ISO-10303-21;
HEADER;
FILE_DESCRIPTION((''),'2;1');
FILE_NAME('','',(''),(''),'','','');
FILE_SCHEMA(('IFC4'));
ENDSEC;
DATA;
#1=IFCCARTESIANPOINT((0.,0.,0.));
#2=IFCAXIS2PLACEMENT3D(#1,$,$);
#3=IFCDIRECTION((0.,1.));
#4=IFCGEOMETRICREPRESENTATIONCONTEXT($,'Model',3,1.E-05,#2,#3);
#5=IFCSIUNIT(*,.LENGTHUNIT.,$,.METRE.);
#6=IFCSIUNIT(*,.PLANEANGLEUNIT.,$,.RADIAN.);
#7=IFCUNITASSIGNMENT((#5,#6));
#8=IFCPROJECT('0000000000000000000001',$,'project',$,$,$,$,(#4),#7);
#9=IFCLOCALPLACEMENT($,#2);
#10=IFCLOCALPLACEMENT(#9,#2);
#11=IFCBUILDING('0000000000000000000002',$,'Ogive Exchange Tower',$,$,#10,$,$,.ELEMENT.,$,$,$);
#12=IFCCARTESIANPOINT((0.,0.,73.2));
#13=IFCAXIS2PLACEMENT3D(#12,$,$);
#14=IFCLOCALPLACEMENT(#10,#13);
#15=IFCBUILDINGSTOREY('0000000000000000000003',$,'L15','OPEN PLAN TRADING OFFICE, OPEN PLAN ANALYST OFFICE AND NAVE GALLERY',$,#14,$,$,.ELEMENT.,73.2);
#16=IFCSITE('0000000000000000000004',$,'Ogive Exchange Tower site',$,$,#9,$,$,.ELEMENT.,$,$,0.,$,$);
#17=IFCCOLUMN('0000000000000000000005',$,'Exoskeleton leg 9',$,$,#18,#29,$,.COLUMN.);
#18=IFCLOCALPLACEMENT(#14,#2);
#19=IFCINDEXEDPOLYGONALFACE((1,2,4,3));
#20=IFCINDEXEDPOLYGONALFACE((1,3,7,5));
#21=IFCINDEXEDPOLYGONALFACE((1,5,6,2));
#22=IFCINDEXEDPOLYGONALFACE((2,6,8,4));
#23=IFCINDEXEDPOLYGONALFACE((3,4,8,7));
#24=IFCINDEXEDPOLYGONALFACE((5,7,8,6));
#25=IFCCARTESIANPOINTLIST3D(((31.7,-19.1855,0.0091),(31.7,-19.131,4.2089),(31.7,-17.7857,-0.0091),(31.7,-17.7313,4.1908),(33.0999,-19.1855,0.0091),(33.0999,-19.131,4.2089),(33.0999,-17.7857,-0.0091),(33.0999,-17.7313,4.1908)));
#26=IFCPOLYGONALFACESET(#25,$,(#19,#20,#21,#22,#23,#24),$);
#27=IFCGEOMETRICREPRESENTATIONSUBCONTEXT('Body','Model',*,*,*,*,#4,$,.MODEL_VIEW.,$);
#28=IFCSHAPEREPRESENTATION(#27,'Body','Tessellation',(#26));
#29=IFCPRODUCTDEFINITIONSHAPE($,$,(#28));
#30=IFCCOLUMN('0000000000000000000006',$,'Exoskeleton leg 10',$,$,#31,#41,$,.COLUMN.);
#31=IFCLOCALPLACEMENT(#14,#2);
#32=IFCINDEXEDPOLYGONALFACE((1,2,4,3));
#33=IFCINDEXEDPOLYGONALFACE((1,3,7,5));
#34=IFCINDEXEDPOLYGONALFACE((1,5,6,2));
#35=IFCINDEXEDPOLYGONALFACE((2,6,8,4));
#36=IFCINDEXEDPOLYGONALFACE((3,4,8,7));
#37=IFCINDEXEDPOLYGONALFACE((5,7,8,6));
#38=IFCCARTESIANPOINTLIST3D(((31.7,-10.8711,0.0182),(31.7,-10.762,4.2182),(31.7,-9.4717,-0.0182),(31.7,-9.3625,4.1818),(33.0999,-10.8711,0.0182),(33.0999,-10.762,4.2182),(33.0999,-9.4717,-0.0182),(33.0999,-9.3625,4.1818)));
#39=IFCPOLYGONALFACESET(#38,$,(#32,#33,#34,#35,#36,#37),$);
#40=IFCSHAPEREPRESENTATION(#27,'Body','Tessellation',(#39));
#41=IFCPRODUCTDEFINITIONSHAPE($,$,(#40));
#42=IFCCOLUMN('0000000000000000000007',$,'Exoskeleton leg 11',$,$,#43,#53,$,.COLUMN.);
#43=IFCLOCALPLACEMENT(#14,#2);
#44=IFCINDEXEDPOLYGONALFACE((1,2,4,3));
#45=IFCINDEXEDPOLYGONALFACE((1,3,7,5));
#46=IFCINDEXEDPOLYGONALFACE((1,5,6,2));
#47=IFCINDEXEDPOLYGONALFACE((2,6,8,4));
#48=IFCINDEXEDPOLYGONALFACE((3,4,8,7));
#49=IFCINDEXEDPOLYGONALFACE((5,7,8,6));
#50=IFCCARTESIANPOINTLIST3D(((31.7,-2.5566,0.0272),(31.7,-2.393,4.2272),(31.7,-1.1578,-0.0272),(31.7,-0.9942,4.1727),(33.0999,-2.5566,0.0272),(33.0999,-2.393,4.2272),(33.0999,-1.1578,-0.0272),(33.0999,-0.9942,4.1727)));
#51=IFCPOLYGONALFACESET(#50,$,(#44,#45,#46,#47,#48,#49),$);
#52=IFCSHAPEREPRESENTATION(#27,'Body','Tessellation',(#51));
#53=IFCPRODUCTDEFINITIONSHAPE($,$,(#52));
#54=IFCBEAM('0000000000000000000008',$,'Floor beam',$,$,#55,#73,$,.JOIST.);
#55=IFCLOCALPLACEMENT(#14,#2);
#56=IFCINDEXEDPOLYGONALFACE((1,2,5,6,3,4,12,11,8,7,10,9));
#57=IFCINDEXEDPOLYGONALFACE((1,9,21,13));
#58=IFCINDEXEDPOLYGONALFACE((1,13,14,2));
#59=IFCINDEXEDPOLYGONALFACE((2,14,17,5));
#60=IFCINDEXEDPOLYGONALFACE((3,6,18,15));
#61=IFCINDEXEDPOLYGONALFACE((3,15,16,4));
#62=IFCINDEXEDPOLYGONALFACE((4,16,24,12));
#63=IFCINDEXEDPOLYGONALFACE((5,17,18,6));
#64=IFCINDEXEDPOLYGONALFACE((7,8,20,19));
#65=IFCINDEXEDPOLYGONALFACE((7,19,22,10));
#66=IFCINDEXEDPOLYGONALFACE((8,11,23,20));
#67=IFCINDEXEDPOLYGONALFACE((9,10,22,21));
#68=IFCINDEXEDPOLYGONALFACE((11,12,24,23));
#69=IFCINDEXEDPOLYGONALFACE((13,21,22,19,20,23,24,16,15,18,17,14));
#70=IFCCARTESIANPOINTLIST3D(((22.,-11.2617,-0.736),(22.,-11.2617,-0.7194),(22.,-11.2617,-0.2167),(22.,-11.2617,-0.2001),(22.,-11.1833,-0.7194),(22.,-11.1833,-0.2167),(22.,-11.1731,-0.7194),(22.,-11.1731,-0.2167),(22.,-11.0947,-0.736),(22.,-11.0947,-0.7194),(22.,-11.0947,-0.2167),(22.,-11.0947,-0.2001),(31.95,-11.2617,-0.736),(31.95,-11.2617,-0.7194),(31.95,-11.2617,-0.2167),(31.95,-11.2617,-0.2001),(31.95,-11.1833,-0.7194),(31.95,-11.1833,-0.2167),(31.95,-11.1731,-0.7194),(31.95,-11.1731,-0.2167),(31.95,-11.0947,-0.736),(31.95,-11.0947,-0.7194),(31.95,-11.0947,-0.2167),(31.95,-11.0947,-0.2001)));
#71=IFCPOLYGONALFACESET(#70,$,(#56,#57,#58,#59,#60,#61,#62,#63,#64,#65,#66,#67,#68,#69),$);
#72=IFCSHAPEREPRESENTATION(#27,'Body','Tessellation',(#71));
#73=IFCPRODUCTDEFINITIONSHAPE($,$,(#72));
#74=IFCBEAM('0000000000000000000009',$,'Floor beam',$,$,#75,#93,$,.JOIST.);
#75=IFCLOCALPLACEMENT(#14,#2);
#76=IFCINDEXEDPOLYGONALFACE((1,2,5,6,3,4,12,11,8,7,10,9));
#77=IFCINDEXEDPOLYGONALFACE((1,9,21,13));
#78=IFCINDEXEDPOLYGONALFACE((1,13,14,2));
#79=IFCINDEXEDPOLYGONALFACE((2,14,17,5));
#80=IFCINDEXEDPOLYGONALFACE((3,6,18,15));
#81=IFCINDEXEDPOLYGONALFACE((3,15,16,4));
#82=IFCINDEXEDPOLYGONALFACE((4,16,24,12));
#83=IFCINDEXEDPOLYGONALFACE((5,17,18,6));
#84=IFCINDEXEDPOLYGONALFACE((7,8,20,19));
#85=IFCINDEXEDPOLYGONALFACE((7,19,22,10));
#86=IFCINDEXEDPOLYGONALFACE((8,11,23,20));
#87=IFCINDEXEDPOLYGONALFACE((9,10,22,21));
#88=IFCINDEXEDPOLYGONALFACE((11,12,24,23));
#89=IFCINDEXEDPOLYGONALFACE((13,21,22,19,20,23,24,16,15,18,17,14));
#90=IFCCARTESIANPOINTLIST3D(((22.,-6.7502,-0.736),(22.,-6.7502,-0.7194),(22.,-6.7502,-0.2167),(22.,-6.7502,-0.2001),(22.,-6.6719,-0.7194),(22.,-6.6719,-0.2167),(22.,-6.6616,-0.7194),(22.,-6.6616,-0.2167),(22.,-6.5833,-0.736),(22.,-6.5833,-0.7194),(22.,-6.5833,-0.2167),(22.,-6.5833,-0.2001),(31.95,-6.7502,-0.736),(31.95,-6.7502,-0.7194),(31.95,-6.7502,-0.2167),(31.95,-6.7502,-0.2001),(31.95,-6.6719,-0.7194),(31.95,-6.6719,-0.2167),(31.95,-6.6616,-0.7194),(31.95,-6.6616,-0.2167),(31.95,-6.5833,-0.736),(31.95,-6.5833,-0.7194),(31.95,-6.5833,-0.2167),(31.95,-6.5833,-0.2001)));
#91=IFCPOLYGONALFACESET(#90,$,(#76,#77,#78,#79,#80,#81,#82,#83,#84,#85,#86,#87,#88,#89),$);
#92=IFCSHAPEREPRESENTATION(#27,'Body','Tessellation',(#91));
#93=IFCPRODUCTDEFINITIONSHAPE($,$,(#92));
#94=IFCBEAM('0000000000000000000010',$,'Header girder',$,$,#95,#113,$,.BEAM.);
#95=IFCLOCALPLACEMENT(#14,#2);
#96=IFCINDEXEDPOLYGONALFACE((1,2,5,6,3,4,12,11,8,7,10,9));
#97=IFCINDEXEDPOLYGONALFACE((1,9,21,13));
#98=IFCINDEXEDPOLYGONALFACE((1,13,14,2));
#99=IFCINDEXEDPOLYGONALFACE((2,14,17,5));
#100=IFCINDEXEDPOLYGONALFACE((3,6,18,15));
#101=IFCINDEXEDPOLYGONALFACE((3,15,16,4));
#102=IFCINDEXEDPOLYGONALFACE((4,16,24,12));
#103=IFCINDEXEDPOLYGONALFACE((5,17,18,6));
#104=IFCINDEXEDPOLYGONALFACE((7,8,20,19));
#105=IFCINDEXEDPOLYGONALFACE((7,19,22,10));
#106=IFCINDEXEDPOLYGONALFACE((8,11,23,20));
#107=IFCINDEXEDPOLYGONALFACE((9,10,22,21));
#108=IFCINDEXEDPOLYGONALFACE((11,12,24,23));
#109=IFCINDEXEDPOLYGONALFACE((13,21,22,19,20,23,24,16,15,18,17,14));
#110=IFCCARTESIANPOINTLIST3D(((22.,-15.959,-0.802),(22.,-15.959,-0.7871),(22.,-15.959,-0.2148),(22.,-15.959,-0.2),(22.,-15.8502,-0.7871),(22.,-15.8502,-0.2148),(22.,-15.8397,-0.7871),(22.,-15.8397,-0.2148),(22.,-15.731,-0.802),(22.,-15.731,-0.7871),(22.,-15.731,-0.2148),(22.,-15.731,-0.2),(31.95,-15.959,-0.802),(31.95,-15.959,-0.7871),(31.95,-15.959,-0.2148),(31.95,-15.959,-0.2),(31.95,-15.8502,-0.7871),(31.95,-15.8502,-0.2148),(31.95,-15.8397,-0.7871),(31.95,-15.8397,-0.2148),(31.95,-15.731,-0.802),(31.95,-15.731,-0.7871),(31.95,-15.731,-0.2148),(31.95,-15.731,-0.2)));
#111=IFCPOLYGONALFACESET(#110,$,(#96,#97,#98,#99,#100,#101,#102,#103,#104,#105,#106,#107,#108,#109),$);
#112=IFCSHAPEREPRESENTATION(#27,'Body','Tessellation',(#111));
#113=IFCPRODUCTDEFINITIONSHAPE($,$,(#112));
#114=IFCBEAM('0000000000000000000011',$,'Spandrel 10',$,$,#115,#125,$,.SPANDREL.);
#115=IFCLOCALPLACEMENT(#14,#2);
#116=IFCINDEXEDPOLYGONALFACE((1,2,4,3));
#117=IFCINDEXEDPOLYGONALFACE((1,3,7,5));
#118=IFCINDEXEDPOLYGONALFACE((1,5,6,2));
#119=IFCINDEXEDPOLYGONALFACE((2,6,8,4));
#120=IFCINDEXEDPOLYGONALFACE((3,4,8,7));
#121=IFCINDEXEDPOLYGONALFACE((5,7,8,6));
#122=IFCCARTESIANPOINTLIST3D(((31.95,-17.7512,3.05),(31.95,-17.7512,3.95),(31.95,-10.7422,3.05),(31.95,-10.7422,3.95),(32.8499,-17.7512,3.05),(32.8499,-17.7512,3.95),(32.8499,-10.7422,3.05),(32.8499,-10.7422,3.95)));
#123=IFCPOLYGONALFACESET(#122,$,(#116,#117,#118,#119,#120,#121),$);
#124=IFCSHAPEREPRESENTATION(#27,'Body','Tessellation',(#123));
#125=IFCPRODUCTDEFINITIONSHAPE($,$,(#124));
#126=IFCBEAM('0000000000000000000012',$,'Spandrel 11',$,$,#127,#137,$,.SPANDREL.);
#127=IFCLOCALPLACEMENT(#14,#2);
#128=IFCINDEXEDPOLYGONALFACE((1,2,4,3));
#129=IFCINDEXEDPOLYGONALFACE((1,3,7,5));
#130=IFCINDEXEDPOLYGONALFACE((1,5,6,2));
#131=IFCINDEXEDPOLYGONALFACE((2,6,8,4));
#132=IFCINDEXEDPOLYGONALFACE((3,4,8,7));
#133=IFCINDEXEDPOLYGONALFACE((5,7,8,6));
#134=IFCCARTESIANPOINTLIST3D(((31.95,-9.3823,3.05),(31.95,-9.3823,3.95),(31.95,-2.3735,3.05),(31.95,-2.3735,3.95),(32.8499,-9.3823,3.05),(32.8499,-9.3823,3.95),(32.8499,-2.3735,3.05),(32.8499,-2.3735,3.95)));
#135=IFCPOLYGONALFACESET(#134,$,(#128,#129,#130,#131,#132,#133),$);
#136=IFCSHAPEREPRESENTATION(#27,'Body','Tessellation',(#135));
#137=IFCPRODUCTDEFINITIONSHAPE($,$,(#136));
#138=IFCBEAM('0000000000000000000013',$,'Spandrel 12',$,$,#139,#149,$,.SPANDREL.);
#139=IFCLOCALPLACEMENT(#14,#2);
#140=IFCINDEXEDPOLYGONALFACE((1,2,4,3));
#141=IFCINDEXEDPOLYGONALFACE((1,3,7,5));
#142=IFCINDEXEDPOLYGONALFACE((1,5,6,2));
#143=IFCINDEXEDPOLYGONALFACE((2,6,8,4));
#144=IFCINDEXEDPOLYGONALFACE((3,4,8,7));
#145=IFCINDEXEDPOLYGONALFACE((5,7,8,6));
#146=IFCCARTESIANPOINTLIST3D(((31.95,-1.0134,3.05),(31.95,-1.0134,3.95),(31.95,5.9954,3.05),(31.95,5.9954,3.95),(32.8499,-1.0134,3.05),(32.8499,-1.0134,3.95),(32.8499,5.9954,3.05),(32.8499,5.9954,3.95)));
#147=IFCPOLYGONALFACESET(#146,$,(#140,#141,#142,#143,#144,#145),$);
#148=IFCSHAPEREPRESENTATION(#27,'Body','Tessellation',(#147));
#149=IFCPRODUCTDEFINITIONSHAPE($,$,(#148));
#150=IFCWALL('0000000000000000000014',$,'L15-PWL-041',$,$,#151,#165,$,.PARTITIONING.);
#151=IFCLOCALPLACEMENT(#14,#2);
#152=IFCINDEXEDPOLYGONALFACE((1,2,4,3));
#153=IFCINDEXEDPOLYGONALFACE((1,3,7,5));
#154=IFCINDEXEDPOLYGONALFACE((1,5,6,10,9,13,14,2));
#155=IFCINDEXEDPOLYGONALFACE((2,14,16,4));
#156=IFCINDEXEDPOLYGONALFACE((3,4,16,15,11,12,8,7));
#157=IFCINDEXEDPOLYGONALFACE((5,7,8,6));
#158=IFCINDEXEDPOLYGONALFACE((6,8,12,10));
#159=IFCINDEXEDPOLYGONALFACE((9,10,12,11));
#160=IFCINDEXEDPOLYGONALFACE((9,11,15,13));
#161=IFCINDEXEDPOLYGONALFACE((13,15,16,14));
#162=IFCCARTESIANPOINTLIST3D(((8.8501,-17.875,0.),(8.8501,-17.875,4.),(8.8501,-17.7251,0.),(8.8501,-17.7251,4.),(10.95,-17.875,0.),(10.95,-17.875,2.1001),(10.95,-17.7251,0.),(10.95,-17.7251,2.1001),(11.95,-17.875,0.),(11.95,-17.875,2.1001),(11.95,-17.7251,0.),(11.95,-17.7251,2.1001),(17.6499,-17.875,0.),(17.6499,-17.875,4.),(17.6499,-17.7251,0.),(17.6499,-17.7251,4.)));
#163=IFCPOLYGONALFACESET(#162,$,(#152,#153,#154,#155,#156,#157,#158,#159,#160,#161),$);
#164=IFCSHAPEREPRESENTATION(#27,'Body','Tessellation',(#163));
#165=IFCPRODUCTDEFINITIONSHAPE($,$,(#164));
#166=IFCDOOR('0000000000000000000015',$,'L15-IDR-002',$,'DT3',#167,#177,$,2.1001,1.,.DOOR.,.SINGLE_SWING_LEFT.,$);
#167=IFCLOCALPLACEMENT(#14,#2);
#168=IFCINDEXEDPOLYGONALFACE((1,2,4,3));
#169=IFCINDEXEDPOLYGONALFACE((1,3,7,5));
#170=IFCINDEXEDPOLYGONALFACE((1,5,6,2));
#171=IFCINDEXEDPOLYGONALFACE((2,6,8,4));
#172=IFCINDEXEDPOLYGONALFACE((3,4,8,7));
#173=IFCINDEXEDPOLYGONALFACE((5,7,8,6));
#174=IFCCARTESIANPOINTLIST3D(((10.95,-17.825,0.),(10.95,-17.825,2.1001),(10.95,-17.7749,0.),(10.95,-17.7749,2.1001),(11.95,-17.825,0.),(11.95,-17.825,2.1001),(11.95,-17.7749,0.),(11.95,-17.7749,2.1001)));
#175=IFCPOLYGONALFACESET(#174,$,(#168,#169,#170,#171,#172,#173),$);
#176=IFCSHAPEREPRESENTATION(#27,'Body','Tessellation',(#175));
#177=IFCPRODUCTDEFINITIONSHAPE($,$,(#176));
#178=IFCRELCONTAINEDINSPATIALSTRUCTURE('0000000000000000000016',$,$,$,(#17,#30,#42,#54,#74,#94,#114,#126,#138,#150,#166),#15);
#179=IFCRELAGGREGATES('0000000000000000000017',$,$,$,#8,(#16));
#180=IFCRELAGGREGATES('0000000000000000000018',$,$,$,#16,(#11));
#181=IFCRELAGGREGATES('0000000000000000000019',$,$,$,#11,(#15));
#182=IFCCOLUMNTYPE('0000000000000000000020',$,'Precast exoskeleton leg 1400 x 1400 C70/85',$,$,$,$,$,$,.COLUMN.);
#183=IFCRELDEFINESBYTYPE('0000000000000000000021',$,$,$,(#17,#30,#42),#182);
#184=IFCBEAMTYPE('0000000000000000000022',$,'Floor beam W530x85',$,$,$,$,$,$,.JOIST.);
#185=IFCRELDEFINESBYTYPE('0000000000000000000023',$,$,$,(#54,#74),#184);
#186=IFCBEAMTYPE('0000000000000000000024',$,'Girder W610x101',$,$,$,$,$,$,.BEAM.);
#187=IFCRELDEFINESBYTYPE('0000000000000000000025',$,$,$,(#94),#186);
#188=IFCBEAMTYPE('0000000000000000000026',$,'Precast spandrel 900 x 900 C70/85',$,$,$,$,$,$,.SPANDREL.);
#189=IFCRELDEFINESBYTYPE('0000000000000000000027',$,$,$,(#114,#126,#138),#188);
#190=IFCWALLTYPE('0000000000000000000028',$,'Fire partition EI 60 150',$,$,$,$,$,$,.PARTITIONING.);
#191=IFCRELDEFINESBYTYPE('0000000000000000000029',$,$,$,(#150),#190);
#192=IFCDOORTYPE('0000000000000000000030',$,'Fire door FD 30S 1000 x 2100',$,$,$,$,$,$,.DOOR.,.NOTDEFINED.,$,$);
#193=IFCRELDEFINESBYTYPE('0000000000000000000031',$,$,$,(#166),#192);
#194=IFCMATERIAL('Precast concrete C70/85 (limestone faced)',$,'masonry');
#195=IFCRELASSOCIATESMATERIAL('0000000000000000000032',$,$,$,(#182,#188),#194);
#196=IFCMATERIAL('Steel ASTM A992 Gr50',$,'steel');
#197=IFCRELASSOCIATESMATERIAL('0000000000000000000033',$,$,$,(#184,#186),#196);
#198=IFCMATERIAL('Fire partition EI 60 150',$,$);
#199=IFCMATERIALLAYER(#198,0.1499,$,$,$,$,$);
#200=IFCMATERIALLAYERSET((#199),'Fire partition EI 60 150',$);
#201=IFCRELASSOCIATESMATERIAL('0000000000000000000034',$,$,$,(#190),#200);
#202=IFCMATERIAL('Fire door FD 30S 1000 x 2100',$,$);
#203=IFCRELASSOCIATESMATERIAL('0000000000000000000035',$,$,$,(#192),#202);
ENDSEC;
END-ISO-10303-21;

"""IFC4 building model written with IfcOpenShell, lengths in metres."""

from ifc_helpers import new_model, si_unit, direction, frame, frame_2d, origin, origin_2d, place, context, subcontext, project, spatial, rectangle, i_section, extrude, material, layer, layer_set, material_profile, profile_set, type_object, element, fill, save


model = new_model("IFC4")

# Units and contexts
model_context = context("Model", 3, precision=1e-05, world=origin(), true_north=direction((0.0, 1.0)))
body_context = subcontext(model_context, "Body", "Model", "MODEL_VIEW")
ifc_project = project(units=[si_unit("LENGTHUNIT", "METRE"), si_unit("PLANEANGLEUNIT", "RADIAN")], contexts=[model_context])

# Site, building, storey
site_placement = place(None, origin())
site = spatial("IfcSite", under=ifc_project, at=site_placement, Name="Ogive Exchange Tower site", CompositionType="ELEMENT", RefElevation=0.0)
building_placement = place(site_placement, origin())
building = spatial("IfcBuilding", under=site, at=building_placement, Name="Ogive Exchange Tower", CompositionType="ELEMENT")
storey_placement = place(building_placement, frame((0.0, 0.0, 73.2)))
storey = spatial("IfcBuildingStorey", under=building, at=storey_placement, Name="L15", Description="OPEN PLAN TRADING OFFICE, OPEN PLAN ANALYST OFFICE AND NAVE GALLERY", CompositionType="ELEMENT", Elevation=73.2)

# Columns
ifc_material_1 = material(Name="Precast concrete C70/85 (limestone faced)", Category="masonry")
ifc_material_profile_1 = material_profile(ifc_material_1, rectangle(XDim=1.3999, YDim=1.3999, at=origin_2d()), Name="1400 x 1400")
ifc_profile_set_1 = profile_set([ifc_material_profile_1], Name="Precast concrete C70/85 (limestone faced)")
column_type = type_object("IfcColumnType", Name="Precast exoskeleton leg 1400 x 1400 C70/85", PredefinedType="COLUMN", material=ifc_profile_set_1)
column_1_placement = place(storey_placement, frame((32.3999, -18.4856, 0.0), z_axis=(0.0, 0.012962, 0.999916), x_axis=(-1.0, 0.0, 0.0)))
element("IfcColumn", 1, at=column_1_placement, inside=storey, type_object=column_type, Name="Exoskeleton leg 9", PredefinedType="COLUMN", context=body_context, shape_type="SweptSolid", body=[
    extrude(rectangle(XDim=1.3999, YDim=1.3999, at=origin_2d()), origin(), (0.0, 0.0, 1.0), 4.2002),
])
column_2_placement = place(storey_placement, frame((32.3999, -10.1714, 0.0), z_axis=(0.0, 0.025975, 0.999663), x_axis=(-1.0, 0.0, 0.0)))
element("IfcColumn", 2, at=column_2_placement, inside=storey, type_object=column_type, Name="Exoskeleton leg 10", PredefinedType="COLUMN", context=body_context, shape_type="SweptSolid", body=[
    extrude(rectangle(XDim=1.3999, YDim=1.3999, at=origin_2d()), origin(), (0.0, 0.0, 1.0), 4.2014),
])
column_3_placement = place(storey_placement, frame((32.3999, -1.8572, 0.0), z_axis=(0.0, 0.038917, 0.999242), x_axis=(-1.0, 0.0, 0.0)))
element("IfcColumn", 3, at=column_3_placement, inside=storey, type_object=column_type, Name="Exoskeleton leg 11", PredefinedType="COLUMN", context=body_context, shape_type="SweptSolid", body=[
    extrude(rectangle(XDim=1.3999, YDim=1.3999, at=origin_2d()), origin(), (0.0, 0.0, 1.0), 4.2031),
])

# Beams
ifc_material_2 = material(Name="Steel ASTM A992 Gr50", Category="steel")
ifc_material_profile_2 = material_profile(ifc_material_2, i_section(OverallWidth=0.167, OverallDepth=0.5359, WebThickness=0.0103, FlangeThickness=0.0166, at=origin_2d()), Name="W530x85")
ifc_profile_set_2 = profile_set([ifc_material_profile_2], Name="Steel ASTM A992 Gr50")
beam_type_1 = type_object("IfcBeamType", Name="Floor beam W530x85", PredefinedType="JOIST", material=ifc_profile_set_2)
for number, where, z_axis, x_axis, name in (
    (4, (22.0, -11.1782, -0.468), (1.0, 0.0, 0.0), (0.0, 1.0, 0.0), "Floor beam"),
    (5, (22.0, -6.6667, -0.468), (1.0, 0.0, 0.0), (0.0, 1.0, 0.0), "Floor beam"),
):
    element("IfcBeam", number, at=place(storey_placement, frame(where, z_axis=z_axis, x_axis=x_axis)), inside=storey, type_object=beam_type_1, Name=name, PredefinedType="JOIST", context=body_context, shape_type="SweptSolid", body=[
        extrude(i_section(OverallWidth=0.167, OverallDepth=0.5359, WebThickness=0.0103, FlangeThickness=0.0166, at=origin_2d()), origin(), (0.0, 0.0, 1.0), 9.95),
    ])
ifc_material_profile_3 = material_profile(ifc_material_2, i_section(OverallWidth=0.228, OverallDepth=0.6021, WebThickness=0.0105, FlangeThickness=0.0149, at=origin_2d()), Name="W610x101")
ifc_profile_set_3 = profile_set([ifc_material_profile_3], Name="Steel ASTM A992 Gr50")
beam_type_2 = type_object("IfcBeamType", Name="Girder W610x101", PredefinedType="BEAM", material=ifc_profile_set_3)
beam_1_placement = place(storey_placement, frame((22.0, -15.845, -0.501), z_axis=(1.0, 0.0, 0.0), x_axis=(0.0, 1.0, 0.0)))
element("IfcBeam", 6, at=beam_1_placement, inside=storey, type_object=beam_type_2, Name="Header girder", PredefinedType="BEAM", context=body_context, shape_type="SweptSolid", body=[
    extrude(i_section(OverallWidth=0.228, OverallDepth=0.6021, WebThickness=0.0105, FlangeThickness=0.0149, at=origin_2d()), origin(), (0.0, 0.0, 1.0), 9.95),
])
ifc_material_profile_4 = material_profile(ifc_material_1, rectangle(XDim=0.8999, YDim=0.8999, at=origin_2d()), Name="900 x 900")
ifc_profile_set_4 = profile_set([ifc_material_profile_4], Name="Precast concrete C70/85 (limestone faced)")
beam_type_3 = type_object("IfcBeamType", Name="Precast spandrel 900 x 900 C70/85", PredefinedType="SPANDREL", material=ifc_profile_set_4)
beam_2_placement = place(storey_placement, frame((32.3999, -17.7512, 3.5), z_axis=(0.0, 1.0, 0.0), x_axis=(-1.0, 0.0, 0.0)))
element("IfcBeam", 7, at=beam_2_placement, inside=storey, type_object=beam_type_3, Name="Spandrel 10", PredefinedType="SPANDREL", context=body_context, shape_type="SweptSolid", body=[
    extrude(rectangle(XDim=0.8999, YDim=0.8999, at=origin_2d()), origin(), (0.0, 0.0, 1.0), 7.009),
])
for number, where, z_axis, x_axis, name in (
    (8, (32.3999, -9.3823, 3.5), (0.0, 1.0, 0.0), (-1.0, 0.0, 0.0), "Spandrel 11"),
    (9, (32.3999, -1.0134, 3.5), (0.0, 1.0, 0.0), (-1.0, 0.0, 0.0), "Spandrel 12"),
):
    element("IfcBeam", number, at=place(storey_placement, frame(where, z_axis=z_axis, x_axis=x_axis)), inside=storey, type_object=beam_type_3, Name=name, PredefinedType="SPANDREL", context=body_context, shape_type="SweptSolid", body=[
        extrude(rectangle(XDim=0.8999, YDim=0.8999, at=origin_2d()), origin(), (0.0, 0.0, 1.0), 7.0088),
    ])

# Wall, opening, door
ifc_material_3 = material(Name="Fire partition EI 60 150")
ifc_layer_1 = layer(ifc_material_3, 0.1499)
ifc_layer_set_1 = layer_set([ifc_layer_1], Name="Fire partition EI 60 150")
wall_type_1 = type_object("IfcWallType", Name="Fire partition EI 60 150", PredefinedType="PARTITIONING", material=ifc_layer_set_1)
wall_1_placement = place(storey_placement, frame((17.6499, -17.8, 0.0), z_axis=(0.0, 0.0, 1.0), x_axis=(-1.0, 0.0, 0.0)))
wall_1 = element("IfcWall", 10, at=wall_1_placement, inside=storey, type_object=wall_type_1, Name="L15-PWL-041", PredefinedType="PARTITIONING", context=body_context, shape_type="SweptSolid", body=[
    extrude(rectangle(XDim=8.7998, YDim=0.1499, at=frame_2d((4.3999, 0.0))), origin(), (0.0, 0.0, 1.0), 4.0),
])
opening_1_placement = place(wall_1_placement, frame((5.7, 0.0, 0.0)))
opening_1 = element("IfcOpeningElement", 11, at=opening_1_placement, cuts=wall_1, PredefinedType="OPENING", context=body_context, shape_type="SweptSolid", body=[
    extrude(rectangle(XDim=1.0, YDim=2.1001, at=frame_2d((0.5, 1.05))), frame((0.0, 0.085, 0.0), z_axis=(0.0, -1.0, 0.0), x_axis=(1.0, 0.0, 0.0)), (0.0, 0.0, 1.0), 0.1699),
])
ifc_material_4 = material(Name="Fire door FD 30S 1000 x 2100")
door_type_1 = type_object("IfcDoorType", Name="Fire door FD 30S 1000 x 2100", OperationType="NOTDEFINED", PredefinedType="DOOR", material=ifc_material_4)
door_1_placement = place(opening_1_placement, origin())
door_1 = element("IfcDoor", 12, at=door_1_placement, inside=storey, type_object=door_type_1, Name="L15-IDR-002", ObjectType="DT3", OperationType="SINGLE_SWING_LEFT", OverallHeight=2.1001, OverallWidth=1.0, PredefinedType="DOOR", context=body_context, shape_type="SweptSolid", body=[
    extrude(rectangle(XDim=1.0, YDim=2.1001, at=frame_2d((0.5, 1.05))), frame((0.0, 0.0249, 0.0), z_axis=(0.0, -1.0, 0.0), x_axis=(1.0, 0.0, 0.0)), (0.0, 0.0, 1.0), 0.05),
])
fill(opening_1, door_1)

save(model, "model.ifc")
